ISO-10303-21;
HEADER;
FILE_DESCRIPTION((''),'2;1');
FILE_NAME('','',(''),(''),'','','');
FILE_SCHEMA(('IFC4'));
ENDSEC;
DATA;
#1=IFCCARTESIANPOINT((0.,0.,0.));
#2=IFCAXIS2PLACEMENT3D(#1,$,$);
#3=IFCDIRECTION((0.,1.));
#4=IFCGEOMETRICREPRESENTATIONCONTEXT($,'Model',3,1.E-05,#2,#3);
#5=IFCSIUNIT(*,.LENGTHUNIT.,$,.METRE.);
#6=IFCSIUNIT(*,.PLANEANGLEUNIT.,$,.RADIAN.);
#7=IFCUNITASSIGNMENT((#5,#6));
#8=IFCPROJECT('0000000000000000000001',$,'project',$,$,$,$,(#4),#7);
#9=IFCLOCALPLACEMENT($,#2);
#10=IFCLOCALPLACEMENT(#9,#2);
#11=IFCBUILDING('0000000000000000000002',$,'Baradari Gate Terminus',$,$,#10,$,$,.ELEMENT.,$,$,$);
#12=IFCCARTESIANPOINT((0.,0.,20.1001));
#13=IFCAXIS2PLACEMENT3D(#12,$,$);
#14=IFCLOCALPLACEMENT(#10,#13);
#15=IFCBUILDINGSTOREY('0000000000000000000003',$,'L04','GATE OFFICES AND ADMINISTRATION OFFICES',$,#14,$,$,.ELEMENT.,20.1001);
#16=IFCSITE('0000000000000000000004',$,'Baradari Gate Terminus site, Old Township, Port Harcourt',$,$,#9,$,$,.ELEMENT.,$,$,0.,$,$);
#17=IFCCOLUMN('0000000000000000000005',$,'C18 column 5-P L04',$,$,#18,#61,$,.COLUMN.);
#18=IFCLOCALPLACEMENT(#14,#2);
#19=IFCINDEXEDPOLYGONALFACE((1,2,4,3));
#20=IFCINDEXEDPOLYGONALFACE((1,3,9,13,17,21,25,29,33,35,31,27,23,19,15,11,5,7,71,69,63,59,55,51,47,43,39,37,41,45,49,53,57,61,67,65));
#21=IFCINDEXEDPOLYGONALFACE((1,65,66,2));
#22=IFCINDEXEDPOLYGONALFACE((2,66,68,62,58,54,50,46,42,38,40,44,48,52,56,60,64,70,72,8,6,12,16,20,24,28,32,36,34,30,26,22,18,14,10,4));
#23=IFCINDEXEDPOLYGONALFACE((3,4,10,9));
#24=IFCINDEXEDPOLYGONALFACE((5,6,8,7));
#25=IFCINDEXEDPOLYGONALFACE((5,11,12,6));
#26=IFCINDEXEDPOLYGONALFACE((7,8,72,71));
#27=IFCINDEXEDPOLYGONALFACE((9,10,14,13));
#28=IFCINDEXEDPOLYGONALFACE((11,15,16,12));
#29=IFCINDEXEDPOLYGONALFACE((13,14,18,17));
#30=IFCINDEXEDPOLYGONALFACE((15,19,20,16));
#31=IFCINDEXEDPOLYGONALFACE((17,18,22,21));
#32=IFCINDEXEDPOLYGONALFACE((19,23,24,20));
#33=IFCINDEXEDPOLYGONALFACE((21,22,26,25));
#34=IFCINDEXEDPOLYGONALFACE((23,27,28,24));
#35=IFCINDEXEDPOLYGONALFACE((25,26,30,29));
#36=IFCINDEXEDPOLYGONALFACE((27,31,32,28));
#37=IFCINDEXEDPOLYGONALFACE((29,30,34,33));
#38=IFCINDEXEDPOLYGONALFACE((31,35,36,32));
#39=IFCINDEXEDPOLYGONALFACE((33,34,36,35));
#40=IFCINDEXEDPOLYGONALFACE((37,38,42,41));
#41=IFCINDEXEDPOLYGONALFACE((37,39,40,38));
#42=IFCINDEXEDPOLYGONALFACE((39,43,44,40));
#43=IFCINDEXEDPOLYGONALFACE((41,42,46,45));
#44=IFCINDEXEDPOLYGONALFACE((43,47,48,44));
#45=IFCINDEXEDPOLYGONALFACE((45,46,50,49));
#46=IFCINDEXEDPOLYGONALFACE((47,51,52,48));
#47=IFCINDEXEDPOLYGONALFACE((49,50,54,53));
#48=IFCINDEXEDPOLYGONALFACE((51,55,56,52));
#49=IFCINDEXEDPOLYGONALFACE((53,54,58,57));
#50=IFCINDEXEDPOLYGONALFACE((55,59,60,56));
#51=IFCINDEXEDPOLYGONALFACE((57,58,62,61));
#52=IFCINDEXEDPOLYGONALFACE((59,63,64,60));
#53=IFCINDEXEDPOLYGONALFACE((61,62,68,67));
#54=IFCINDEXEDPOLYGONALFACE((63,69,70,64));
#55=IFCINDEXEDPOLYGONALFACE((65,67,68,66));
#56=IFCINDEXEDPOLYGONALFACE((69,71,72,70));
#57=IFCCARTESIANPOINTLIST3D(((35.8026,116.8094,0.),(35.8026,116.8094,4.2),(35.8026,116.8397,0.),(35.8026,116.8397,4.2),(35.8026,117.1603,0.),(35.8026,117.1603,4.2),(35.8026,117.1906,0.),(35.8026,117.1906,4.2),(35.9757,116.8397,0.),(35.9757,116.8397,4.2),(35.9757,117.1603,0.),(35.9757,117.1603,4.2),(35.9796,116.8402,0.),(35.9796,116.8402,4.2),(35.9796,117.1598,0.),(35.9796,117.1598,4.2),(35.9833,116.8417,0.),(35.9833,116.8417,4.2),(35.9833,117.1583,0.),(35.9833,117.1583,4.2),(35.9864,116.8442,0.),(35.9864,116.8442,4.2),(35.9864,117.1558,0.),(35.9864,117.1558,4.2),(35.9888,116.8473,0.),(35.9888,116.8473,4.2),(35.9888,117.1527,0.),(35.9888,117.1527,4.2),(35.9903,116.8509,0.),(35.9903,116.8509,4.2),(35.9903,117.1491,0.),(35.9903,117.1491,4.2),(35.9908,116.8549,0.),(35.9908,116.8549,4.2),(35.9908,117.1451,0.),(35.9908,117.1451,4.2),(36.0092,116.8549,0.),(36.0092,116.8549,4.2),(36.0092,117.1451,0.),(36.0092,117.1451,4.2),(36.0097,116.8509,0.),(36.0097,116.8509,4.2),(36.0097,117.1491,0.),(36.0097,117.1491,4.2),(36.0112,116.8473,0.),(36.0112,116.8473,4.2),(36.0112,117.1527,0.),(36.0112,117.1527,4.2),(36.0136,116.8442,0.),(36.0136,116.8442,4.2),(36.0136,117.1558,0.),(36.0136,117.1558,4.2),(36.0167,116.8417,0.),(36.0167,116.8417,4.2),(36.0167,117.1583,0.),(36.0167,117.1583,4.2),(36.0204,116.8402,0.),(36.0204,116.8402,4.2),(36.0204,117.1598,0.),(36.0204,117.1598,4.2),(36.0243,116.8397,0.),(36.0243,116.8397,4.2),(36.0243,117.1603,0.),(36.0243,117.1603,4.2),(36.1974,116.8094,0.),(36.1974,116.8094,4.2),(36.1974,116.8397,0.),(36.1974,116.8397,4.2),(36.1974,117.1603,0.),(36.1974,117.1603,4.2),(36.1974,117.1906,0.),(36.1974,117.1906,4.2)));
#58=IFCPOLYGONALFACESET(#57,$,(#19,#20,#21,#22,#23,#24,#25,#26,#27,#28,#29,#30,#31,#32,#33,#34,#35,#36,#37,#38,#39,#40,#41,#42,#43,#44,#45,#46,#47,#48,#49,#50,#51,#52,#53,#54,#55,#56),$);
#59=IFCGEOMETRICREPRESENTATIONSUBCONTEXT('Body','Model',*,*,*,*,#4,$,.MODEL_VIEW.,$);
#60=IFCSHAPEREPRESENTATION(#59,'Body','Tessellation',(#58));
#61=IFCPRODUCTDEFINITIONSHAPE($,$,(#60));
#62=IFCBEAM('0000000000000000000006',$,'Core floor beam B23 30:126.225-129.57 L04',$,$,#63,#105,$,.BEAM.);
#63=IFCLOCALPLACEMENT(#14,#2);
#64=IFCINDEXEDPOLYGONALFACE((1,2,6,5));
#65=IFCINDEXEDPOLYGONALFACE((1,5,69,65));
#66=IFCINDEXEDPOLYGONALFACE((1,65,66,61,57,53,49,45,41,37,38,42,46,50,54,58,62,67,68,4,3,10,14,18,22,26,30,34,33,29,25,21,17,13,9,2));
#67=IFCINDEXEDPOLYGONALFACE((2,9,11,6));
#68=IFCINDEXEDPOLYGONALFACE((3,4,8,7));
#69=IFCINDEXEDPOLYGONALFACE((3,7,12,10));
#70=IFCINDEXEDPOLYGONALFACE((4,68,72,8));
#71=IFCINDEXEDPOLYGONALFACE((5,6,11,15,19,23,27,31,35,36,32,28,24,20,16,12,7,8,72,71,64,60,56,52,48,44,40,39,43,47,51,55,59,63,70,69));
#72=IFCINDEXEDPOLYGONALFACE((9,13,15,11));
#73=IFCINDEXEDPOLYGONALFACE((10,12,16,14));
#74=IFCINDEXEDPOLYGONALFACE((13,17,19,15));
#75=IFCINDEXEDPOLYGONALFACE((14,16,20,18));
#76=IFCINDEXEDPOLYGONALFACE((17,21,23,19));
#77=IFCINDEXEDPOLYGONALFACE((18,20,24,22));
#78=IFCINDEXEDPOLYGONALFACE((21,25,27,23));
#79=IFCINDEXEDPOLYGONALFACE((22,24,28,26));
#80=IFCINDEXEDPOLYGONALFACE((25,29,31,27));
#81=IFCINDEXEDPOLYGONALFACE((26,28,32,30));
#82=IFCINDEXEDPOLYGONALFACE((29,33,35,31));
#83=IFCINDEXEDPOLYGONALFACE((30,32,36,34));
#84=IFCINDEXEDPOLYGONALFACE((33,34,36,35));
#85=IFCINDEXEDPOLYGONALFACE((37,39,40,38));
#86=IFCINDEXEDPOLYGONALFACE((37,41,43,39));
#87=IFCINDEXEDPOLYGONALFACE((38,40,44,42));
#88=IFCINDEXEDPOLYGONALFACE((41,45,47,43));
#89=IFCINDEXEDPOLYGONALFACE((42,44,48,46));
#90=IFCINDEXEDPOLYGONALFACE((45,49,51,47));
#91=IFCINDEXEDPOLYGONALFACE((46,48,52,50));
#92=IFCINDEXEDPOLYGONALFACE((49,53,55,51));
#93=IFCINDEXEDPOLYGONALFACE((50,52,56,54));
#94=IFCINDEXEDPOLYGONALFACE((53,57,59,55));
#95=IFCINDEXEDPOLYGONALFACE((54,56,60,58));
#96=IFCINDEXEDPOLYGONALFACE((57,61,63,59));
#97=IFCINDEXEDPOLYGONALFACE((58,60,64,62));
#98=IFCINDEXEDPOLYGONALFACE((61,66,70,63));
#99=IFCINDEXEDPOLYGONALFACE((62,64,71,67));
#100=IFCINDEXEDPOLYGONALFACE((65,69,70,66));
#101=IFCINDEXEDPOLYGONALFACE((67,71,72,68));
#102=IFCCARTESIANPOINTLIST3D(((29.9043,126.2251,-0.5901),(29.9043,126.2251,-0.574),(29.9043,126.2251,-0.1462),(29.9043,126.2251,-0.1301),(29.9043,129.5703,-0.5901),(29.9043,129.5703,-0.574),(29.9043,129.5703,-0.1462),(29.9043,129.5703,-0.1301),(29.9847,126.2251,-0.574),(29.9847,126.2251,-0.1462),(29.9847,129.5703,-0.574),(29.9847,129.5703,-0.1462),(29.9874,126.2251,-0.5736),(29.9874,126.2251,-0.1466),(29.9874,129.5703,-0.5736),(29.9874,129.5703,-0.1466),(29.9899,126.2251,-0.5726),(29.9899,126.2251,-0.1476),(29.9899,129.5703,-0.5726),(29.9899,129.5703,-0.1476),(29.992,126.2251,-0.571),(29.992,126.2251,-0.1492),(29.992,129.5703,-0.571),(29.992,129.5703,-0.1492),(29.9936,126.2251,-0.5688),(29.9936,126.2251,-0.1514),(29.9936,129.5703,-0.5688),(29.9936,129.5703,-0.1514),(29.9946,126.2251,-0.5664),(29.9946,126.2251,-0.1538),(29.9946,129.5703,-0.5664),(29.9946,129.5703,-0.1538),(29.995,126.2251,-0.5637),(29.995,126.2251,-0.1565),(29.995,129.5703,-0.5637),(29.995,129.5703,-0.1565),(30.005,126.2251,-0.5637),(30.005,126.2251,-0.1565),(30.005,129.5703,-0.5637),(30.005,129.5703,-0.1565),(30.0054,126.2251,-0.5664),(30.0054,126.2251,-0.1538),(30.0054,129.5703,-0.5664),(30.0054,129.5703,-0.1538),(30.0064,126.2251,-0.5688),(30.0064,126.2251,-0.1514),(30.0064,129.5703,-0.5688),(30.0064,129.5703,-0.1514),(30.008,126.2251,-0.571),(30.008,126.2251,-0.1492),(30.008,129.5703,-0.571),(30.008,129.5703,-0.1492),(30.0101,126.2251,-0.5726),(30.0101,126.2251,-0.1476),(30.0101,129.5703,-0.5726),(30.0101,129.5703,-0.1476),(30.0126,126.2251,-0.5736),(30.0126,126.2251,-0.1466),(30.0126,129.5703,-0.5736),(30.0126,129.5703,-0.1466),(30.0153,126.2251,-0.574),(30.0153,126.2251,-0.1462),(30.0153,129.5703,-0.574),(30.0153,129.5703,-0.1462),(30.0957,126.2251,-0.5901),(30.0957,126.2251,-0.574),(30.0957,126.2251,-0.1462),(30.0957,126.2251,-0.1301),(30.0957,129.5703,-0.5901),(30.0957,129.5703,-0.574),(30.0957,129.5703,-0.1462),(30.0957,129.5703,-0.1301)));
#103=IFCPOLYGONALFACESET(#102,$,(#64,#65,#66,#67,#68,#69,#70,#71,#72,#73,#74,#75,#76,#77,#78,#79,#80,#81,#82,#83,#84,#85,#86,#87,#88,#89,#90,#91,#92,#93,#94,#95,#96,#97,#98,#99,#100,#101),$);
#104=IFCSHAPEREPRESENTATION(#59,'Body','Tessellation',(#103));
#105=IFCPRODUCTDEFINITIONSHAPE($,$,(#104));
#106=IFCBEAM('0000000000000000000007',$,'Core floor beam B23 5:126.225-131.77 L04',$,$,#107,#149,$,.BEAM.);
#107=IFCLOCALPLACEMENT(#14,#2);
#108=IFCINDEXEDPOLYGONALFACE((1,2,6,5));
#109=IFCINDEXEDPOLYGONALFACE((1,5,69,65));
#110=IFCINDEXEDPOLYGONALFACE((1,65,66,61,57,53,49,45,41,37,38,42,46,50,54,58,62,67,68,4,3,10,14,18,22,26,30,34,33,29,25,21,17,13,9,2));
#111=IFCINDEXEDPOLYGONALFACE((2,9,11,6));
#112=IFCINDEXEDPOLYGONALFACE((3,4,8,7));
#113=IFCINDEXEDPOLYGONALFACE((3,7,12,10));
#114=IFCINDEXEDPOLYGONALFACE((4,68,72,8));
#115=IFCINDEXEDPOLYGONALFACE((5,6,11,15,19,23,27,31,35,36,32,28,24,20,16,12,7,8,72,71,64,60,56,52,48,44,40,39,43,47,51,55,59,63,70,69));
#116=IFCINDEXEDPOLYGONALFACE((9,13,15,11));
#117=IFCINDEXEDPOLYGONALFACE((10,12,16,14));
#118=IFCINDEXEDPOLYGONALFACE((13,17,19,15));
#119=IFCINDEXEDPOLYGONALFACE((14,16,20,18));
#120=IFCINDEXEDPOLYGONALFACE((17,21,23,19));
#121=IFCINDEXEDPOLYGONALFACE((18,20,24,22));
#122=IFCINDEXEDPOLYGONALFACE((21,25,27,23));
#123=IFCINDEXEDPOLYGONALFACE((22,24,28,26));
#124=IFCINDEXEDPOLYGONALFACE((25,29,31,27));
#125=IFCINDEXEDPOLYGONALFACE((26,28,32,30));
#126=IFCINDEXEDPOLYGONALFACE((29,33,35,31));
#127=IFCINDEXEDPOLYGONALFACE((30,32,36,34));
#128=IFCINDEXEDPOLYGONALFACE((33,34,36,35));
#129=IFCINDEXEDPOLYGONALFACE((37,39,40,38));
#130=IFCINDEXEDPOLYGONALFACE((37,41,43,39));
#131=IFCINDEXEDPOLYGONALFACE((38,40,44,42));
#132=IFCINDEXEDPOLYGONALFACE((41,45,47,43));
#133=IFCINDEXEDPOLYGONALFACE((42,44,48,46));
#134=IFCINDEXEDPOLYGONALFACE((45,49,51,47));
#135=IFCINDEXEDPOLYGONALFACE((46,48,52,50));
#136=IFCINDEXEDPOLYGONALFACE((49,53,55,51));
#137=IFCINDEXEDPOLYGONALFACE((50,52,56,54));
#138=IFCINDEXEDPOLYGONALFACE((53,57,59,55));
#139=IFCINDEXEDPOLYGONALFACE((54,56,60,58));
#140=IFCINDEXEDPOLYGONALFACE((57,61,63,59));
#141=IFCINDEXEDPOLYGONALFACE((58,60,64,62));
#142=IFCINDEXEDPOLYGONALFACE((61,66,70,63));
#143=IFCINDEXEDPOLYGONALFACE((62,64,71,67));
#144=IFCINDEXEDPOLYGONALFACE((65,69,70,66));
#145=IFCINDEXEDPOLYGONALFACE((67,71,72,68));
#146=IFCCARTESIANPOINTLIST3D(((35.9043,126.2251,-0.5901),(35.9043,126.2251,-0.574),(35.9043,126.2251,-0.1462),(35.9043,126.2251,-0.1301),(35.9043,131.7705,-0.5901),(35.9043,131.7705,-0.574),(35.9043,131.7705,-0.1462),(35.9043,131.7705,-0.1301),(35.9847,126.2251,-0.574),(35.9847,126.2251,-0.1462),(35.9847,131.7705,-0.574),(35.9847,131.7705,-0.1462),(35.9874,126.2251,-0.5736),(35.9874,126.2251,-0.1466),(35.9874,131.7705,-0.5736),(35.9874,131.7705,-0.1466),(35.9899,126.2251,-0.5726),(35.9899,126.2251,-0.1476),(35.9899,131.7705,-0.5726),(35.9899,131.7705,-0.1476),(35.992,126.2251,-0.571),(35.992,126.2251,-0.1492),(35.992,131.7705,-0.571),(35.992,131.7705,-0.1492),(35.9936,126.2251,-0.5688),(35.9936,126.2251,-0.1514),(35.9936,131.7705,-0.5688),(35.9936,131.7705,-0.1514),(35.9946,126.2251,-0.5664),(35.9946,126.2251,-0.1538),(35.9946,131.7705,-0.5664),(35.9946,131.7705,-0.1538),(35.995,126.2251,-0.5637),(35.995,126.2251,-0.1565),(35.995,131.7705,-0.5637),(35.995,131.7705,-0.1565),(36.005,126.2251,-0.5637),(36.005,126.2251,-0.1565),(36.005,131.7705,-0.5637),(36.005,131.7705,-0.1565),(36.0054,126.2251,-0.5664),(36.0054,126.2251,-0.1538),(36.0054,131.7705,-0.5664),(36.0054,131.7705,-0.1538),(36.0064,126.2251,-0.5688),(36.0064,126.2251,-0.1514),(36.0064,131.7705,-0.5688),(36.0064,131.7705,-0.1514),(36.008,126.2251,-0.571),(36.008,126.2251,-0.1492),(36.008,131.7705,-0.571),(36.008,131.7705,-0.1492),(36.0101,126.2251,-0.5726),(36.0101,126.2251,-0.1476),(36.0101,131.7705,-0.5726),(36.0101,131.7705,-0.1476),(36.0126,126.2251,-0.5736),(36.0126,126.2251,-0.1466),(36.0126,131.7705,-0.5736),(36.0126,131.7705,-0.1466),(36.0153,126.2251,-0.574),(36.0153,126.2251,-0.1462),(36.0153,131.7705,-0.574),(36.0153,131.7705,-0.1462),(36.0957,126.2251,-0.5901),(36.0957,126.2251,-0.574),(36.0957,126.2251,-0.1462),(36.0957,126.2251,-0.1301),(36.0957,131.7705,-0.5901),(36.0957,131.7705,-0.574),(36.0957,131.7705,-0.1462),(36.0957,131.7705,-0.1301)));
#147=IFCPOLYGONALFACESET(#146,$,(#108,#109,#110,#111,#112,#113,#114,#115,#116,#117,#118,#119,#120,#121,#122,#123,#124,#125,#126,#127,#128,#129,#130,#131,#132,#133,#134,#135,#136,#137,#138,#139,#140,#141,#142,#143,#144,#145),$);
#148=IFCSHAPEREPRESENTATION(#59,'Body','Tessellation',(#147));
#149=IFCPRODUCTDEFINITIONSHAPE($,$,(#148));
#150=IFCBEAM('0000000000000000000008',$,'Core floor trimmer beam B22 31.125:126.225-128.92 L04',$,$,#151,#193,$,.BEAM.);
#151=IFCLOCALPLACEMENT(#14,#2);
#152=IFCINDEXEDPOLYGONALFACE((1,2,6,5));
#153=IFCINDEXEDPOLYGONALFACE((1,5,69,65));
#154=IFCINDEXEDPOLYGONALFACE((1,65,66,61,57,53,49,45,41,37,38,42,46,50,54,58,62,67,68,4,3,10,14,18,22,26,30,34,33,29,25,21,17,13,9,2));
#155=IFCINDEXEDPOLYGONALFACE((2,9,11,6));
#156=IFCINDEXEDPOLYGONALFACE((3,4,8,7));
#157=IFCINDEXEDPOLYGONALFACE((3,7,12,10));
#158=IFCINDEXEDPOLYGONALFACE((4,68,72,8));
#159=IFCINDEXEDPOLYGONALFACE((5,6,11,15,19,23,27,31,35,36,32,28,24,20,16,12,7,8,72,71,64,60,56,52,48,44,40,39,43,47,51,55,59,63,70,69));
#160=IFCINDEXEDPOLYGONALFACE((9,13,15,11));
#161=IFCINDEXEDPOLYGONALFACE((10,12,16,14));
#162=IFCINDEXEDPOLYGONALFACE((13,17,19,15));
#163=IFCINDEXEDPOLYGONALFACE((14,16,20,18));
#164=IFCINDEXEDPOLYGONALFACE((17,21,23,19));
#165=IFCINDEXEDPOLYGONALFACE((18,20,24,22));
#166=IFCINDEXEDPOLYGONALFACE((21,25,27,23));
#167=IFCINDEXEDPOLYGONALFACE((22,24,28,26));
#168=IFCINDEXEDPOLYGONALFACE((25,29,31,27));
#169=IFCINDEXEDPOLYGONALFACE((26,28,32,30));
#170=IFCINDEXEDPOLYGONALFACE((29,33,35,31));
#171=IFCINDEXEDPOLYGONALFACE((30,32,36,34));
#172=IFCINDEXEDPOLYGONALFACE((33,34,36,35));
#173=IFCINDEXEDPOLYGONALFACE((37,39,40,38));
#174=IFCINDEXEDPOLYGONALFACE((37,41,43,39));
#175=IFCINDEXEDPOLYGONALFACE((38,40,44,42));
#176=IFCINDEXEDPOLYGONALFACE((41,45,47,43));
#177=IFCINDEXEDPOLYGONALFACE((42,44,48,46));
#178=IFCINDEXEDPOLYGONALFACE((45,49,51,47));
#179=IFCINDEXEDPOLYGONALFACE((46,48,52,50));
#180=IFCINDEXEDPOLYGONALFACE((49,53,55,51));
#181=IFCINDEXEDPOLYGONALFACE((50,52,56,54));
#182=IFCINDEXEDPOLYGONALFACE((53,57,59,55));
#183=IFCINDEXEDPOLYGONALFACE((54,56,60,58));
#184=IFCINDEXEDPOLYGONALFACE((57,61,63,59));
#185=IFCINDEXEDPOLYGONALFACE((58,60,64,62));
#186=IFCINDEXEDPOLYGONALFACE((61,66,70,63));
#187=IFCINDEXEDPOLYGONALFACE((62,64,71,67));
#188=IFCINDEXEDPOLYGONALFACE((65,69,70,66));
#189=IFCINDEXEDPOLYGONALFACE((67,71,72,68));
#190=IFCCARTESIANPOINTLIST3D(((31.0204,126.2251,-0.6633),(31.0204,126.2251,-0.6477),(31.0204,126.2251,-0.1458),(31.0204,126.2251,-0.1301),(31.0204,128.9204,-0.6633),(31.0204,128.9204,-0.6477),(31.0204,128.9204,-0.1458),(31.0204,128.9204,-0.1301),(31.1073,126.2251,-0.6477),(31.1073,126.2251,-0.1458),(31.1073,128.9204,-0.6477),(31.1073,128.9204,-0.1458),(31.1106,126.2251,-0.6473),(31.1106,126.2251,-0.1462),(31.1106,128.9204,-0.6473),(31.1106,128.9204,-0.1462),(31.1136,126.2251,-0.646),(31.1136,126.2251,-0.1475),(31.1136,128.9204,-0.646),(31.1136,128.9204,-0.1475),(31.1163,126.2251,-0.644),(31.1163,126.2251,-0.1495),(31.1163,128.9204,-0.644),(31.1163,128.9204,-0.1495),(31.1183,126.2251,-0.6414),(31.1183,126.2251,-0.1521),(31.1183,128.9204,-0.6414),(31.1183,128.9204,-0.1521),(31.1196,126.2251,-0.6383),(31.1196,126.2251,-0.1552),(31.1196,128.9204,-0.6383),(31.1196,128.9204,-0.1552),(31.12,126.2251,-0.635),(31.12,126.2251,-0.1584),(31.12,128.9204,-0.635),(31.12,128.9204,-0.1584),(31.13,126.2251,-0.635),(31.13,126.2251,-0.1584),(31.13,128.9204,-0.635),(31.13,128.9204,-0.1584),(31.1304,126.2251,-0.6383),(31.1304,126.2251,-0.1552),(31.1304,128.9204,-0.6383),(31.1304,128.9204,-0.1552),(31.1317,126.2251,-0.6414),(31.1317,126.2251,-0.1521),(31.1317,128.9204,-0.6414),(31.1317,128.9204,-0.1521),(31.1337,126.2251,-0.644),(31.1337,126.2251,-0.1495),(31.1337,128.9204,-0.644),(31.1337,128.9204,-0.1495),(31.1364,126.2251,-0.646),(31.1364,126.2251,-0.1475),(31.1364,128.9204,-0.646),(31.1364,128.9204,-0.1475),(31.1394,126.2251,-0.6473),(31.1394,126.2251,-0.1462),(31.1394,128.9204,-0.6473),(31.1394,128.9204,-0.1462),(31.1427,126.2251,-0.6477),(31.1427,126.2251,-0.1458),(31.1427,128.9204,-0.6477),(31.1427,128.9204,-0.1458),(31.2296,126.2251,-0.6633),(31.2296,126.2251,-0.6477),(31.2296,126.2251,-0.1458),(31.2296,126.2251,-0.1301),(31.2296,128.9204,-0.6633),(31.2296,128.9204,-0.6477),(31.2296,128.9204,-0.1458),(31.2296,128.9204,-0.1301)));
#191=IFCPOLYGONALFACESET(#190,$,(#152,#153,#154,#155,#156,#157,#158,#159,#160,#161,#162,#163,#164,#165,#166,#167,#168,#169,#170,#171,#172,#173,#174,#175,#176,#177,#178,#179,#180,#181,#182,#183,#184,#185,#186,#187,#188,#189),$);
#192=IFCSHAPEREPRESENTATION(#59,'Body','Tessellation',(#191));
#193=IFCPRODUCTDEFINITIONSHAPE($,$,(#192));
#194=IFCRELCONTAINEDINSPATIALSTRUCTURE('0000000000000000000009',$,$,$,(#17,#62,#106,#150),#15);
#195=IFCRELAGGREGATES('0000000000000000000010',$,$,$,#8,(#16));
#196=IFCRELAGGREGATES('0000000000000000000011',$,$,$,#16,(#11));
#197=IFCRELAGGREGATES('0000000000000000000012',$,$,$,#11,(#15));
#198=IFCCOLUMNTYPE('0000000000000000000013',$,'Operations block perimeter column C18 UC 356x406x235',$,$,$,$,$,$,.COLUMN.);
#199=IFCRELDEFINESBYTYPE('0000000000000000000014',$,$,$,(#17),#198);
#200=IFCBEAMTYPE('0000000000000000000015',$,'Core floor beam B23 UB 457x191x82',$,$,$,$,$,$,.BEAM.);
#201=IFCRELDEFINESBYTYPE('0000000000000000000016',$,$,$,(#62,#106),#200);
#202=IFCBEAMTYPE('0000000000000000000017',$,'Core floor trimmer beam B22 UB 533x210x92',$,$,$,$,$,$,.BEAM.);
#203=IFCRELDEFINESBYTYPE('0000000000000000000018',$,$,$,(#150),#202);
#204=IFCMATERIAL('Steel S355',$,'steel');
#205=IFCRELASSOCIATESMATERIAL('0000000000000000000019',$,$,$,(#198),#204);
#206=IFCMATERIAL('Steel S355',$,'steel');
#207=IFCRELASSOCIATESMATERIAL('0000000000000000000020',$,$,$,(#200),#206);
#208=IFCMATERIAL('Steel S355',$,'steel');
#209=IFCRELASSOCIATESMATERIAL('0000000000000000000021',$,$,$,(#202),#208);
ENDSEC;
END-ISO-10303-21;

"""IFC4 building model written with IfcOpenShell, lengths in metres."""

from ifc_helpers import new_model, si_unit, direction, frame, origin, origin_2d, place, context, subcontext, project, spatial, i_section, extrude, material, material_profile, profile_set, type_object, element, save


model = new_model("IFC4")

# Units and contexts
model_context = context("Model", 3, precision=1e-05, world=origin(), true_north=direction((0.0, 1.0)))
body_context = subcontext(model_context, "Body", "Model", "MODEL_VIEW")
ifc_project = project(units=[si_unit("LENGTHUNIT", "METRE"), si_unit("PLANEANGLEUNIT", "RADIAN")], contexts=[model_context])

# Site, building, storey
site_placement = place(None, origin())
site = spatial("IfcSite", under=ifc_project, at=site_placement, Name="Baradari Gate Terminus site, Old Township, Port Harcourt", CompositionType="ELEMENT", RefElevation=0.0)
building_placement = place(site_placement, origin())
building = spatial("IfcBuilding", under=site, at=building_placement, Name="Baradari Gate Terminus", CompositionType="ELEMENT")
storey_placement = place(building_placement, frame((0.0, 0.0, 20.1001)))
storey = spatial("IfcBuildingStorey", under=building, at=storey_placement, Name="L04", Description="GATE OFFICES AND ADMINISTRATION OFFICES", CompositionType="ELEMENT", Elevation=20.1001)

# Column
ifc_material_1 = material(Name="Steel S355", Category="steel")
ifc_material_profile_1 = material_profile(ifc_material_1, i_section(OverallWidth=0.3948, OverallDepth=0.3811, WebThickness=0.0183, FlangeThickness=0.0303, FilletRadius=0.0151, at=origin_2d()), Name="UC 356x406x235")
ifc_profile_set_1 = profile_set([ifc_material_profile_1], Name="Steel S355")
column_type = type_object("IfcColumnType", Name="Operations block perimeter column C18 UC 356x406x235", PredefinedType="COLUMN", material=ifc_profile_set_1)
column_placement = place(storey_placement, frame((36.0, 117.0, 0.0), z_axis=(0.0, 0.0, 1.0), x_axis=(1.0, 0.0, 0.0)))
element("IfcColumn", 1, at=column_placement, inside=storey, type_object=column_type, Name="C18 column 5-P L04", PredefinedType="COLUMN", context=body_context, shape_type="SweptSolid", body=[
    extrude(i_section(OverallWidth=0.3948, OverallDepth=0.3811, WebThickness=0.0183, FlangeThickness=0.0303, FilletRadius=0.0151, at=origin_2d()), origin(), (0.0, 0.0, 1.0), 4.2),
])

# Beams
ifc_material_2 = material(Name="Steel S355", Category="steel")
ifc_material_profile_2 = material_profile(ifc_material_2, i_section(OverallWidth=0.1914, OverallDepth=0.46, WebThickness=0.01, FlangeThickness=0.0161, FilletRadius=0.0103, at=origin_2d()), Name="UB 457x191x82")
ifc_profile_set_2 = profile_set([ifc_material_profile_2], Name="Steel S355")
beam_type_1 = type_object("IfcBeamType", Name="Core floor beam B23 UB 457x191x82", PredefinedType="BEAM", material=ifc_profile_set_2)
beam_1_placement = place(storey_placement, frame((30.0, 126.2251, -0.3601), z_axis=(0.0, 1.0, 0.0), x_axis=(-1.0, 0.0, 0.0)))
element("IfcBeam", 2, at=beam_1_placement, inside=storey, type_object=beam_type_1, Name="Core floor beam B23 30:126.225-129.57 L04", PredefinedType="BEAM", context=body_context, shape_type="SweptSolid", body=[
    extrude(i_section(OverallWidth=0.1914, OverallDepth=0.46, WebThickness=0.01, FlangeThickness=0.0161, FilletRadius=0.0103, at=origin_2d()), origin(), (0.0, 0.0, 1.0), 3.3452),
])
beam_2_placement = place(storey_placement, frame((36.0, 126.2251, -0.3601), z_axis=(0.0, 1.0, 0.0), x_axis=(-1.0, 0.0, 0.0)))
element("IfcBeam", 3, at=beam_2_placement, inside=storey, type_object=beam_type_1, Name="Core floor beam B23 5:126.225-131.77 L04", PredefinedType="BEAM", context=body_context, shape_type="SweptSolid", body=[
    extrude(i_section(OverallWidth=0.1914, OverallDepth=0.46, WebThickness=0.01, FlangeThickness=0.0161, FilletRadius=0.0103, at=origin_2d()), origin(), (0.0, 0.0, 1.0), 5.5454),
])
ifc_material_3 = material(Name="Steel S355", Category="steel")
ifc_material_profile_3 = material_profile(ifc_material_3, i_section(OverallWidth=0.2092, OverallDepth=0.5332, WebThickness=0.01, FlangeThickness=0.0156, FilletRadius=0.0127, at=origin_2d()), Name="UB 533x210x92")
ifc_profile_set_3 = profile_set([ifc_material_profile_3], Name="Steel S355")
beam_type_2 = type_object("IfcBeamType", Name="Core floor trimmer beam B22 UB 533x210x92", PredefinedType="BEAM", material=ifc_profile_set_3)
for number, where, z_axis, x_axis, name in (
    (4, (31.125, 126.2251, -0.3967), (0.0, 1.0, 0.0), (-1.0, 0.0, 0.0), "Core floor trimmer beam B22 31.125:126.225-128.92 L04"),
):
    element("IfcBeam", number, at=place(storey_placement, frame(where, z_axis=z_axis, x_axis=x_axis)), inside=storey, type_object=beam_type_2, Name=name, PredefinedType="BEAM", context=body_context, shape_type="SweptSolid", body=[
        extrude(i_section(OverallWidth=0.2092, OverallDepth=0.5332, WebThickness=0.01, FlangeThickness=0.0156, FilletRadius=0.0127, at=origin_2d()), origin(), (0.0, 0.0, 1.0), 2.6953),
    ])

save(model, "model.ifc")
